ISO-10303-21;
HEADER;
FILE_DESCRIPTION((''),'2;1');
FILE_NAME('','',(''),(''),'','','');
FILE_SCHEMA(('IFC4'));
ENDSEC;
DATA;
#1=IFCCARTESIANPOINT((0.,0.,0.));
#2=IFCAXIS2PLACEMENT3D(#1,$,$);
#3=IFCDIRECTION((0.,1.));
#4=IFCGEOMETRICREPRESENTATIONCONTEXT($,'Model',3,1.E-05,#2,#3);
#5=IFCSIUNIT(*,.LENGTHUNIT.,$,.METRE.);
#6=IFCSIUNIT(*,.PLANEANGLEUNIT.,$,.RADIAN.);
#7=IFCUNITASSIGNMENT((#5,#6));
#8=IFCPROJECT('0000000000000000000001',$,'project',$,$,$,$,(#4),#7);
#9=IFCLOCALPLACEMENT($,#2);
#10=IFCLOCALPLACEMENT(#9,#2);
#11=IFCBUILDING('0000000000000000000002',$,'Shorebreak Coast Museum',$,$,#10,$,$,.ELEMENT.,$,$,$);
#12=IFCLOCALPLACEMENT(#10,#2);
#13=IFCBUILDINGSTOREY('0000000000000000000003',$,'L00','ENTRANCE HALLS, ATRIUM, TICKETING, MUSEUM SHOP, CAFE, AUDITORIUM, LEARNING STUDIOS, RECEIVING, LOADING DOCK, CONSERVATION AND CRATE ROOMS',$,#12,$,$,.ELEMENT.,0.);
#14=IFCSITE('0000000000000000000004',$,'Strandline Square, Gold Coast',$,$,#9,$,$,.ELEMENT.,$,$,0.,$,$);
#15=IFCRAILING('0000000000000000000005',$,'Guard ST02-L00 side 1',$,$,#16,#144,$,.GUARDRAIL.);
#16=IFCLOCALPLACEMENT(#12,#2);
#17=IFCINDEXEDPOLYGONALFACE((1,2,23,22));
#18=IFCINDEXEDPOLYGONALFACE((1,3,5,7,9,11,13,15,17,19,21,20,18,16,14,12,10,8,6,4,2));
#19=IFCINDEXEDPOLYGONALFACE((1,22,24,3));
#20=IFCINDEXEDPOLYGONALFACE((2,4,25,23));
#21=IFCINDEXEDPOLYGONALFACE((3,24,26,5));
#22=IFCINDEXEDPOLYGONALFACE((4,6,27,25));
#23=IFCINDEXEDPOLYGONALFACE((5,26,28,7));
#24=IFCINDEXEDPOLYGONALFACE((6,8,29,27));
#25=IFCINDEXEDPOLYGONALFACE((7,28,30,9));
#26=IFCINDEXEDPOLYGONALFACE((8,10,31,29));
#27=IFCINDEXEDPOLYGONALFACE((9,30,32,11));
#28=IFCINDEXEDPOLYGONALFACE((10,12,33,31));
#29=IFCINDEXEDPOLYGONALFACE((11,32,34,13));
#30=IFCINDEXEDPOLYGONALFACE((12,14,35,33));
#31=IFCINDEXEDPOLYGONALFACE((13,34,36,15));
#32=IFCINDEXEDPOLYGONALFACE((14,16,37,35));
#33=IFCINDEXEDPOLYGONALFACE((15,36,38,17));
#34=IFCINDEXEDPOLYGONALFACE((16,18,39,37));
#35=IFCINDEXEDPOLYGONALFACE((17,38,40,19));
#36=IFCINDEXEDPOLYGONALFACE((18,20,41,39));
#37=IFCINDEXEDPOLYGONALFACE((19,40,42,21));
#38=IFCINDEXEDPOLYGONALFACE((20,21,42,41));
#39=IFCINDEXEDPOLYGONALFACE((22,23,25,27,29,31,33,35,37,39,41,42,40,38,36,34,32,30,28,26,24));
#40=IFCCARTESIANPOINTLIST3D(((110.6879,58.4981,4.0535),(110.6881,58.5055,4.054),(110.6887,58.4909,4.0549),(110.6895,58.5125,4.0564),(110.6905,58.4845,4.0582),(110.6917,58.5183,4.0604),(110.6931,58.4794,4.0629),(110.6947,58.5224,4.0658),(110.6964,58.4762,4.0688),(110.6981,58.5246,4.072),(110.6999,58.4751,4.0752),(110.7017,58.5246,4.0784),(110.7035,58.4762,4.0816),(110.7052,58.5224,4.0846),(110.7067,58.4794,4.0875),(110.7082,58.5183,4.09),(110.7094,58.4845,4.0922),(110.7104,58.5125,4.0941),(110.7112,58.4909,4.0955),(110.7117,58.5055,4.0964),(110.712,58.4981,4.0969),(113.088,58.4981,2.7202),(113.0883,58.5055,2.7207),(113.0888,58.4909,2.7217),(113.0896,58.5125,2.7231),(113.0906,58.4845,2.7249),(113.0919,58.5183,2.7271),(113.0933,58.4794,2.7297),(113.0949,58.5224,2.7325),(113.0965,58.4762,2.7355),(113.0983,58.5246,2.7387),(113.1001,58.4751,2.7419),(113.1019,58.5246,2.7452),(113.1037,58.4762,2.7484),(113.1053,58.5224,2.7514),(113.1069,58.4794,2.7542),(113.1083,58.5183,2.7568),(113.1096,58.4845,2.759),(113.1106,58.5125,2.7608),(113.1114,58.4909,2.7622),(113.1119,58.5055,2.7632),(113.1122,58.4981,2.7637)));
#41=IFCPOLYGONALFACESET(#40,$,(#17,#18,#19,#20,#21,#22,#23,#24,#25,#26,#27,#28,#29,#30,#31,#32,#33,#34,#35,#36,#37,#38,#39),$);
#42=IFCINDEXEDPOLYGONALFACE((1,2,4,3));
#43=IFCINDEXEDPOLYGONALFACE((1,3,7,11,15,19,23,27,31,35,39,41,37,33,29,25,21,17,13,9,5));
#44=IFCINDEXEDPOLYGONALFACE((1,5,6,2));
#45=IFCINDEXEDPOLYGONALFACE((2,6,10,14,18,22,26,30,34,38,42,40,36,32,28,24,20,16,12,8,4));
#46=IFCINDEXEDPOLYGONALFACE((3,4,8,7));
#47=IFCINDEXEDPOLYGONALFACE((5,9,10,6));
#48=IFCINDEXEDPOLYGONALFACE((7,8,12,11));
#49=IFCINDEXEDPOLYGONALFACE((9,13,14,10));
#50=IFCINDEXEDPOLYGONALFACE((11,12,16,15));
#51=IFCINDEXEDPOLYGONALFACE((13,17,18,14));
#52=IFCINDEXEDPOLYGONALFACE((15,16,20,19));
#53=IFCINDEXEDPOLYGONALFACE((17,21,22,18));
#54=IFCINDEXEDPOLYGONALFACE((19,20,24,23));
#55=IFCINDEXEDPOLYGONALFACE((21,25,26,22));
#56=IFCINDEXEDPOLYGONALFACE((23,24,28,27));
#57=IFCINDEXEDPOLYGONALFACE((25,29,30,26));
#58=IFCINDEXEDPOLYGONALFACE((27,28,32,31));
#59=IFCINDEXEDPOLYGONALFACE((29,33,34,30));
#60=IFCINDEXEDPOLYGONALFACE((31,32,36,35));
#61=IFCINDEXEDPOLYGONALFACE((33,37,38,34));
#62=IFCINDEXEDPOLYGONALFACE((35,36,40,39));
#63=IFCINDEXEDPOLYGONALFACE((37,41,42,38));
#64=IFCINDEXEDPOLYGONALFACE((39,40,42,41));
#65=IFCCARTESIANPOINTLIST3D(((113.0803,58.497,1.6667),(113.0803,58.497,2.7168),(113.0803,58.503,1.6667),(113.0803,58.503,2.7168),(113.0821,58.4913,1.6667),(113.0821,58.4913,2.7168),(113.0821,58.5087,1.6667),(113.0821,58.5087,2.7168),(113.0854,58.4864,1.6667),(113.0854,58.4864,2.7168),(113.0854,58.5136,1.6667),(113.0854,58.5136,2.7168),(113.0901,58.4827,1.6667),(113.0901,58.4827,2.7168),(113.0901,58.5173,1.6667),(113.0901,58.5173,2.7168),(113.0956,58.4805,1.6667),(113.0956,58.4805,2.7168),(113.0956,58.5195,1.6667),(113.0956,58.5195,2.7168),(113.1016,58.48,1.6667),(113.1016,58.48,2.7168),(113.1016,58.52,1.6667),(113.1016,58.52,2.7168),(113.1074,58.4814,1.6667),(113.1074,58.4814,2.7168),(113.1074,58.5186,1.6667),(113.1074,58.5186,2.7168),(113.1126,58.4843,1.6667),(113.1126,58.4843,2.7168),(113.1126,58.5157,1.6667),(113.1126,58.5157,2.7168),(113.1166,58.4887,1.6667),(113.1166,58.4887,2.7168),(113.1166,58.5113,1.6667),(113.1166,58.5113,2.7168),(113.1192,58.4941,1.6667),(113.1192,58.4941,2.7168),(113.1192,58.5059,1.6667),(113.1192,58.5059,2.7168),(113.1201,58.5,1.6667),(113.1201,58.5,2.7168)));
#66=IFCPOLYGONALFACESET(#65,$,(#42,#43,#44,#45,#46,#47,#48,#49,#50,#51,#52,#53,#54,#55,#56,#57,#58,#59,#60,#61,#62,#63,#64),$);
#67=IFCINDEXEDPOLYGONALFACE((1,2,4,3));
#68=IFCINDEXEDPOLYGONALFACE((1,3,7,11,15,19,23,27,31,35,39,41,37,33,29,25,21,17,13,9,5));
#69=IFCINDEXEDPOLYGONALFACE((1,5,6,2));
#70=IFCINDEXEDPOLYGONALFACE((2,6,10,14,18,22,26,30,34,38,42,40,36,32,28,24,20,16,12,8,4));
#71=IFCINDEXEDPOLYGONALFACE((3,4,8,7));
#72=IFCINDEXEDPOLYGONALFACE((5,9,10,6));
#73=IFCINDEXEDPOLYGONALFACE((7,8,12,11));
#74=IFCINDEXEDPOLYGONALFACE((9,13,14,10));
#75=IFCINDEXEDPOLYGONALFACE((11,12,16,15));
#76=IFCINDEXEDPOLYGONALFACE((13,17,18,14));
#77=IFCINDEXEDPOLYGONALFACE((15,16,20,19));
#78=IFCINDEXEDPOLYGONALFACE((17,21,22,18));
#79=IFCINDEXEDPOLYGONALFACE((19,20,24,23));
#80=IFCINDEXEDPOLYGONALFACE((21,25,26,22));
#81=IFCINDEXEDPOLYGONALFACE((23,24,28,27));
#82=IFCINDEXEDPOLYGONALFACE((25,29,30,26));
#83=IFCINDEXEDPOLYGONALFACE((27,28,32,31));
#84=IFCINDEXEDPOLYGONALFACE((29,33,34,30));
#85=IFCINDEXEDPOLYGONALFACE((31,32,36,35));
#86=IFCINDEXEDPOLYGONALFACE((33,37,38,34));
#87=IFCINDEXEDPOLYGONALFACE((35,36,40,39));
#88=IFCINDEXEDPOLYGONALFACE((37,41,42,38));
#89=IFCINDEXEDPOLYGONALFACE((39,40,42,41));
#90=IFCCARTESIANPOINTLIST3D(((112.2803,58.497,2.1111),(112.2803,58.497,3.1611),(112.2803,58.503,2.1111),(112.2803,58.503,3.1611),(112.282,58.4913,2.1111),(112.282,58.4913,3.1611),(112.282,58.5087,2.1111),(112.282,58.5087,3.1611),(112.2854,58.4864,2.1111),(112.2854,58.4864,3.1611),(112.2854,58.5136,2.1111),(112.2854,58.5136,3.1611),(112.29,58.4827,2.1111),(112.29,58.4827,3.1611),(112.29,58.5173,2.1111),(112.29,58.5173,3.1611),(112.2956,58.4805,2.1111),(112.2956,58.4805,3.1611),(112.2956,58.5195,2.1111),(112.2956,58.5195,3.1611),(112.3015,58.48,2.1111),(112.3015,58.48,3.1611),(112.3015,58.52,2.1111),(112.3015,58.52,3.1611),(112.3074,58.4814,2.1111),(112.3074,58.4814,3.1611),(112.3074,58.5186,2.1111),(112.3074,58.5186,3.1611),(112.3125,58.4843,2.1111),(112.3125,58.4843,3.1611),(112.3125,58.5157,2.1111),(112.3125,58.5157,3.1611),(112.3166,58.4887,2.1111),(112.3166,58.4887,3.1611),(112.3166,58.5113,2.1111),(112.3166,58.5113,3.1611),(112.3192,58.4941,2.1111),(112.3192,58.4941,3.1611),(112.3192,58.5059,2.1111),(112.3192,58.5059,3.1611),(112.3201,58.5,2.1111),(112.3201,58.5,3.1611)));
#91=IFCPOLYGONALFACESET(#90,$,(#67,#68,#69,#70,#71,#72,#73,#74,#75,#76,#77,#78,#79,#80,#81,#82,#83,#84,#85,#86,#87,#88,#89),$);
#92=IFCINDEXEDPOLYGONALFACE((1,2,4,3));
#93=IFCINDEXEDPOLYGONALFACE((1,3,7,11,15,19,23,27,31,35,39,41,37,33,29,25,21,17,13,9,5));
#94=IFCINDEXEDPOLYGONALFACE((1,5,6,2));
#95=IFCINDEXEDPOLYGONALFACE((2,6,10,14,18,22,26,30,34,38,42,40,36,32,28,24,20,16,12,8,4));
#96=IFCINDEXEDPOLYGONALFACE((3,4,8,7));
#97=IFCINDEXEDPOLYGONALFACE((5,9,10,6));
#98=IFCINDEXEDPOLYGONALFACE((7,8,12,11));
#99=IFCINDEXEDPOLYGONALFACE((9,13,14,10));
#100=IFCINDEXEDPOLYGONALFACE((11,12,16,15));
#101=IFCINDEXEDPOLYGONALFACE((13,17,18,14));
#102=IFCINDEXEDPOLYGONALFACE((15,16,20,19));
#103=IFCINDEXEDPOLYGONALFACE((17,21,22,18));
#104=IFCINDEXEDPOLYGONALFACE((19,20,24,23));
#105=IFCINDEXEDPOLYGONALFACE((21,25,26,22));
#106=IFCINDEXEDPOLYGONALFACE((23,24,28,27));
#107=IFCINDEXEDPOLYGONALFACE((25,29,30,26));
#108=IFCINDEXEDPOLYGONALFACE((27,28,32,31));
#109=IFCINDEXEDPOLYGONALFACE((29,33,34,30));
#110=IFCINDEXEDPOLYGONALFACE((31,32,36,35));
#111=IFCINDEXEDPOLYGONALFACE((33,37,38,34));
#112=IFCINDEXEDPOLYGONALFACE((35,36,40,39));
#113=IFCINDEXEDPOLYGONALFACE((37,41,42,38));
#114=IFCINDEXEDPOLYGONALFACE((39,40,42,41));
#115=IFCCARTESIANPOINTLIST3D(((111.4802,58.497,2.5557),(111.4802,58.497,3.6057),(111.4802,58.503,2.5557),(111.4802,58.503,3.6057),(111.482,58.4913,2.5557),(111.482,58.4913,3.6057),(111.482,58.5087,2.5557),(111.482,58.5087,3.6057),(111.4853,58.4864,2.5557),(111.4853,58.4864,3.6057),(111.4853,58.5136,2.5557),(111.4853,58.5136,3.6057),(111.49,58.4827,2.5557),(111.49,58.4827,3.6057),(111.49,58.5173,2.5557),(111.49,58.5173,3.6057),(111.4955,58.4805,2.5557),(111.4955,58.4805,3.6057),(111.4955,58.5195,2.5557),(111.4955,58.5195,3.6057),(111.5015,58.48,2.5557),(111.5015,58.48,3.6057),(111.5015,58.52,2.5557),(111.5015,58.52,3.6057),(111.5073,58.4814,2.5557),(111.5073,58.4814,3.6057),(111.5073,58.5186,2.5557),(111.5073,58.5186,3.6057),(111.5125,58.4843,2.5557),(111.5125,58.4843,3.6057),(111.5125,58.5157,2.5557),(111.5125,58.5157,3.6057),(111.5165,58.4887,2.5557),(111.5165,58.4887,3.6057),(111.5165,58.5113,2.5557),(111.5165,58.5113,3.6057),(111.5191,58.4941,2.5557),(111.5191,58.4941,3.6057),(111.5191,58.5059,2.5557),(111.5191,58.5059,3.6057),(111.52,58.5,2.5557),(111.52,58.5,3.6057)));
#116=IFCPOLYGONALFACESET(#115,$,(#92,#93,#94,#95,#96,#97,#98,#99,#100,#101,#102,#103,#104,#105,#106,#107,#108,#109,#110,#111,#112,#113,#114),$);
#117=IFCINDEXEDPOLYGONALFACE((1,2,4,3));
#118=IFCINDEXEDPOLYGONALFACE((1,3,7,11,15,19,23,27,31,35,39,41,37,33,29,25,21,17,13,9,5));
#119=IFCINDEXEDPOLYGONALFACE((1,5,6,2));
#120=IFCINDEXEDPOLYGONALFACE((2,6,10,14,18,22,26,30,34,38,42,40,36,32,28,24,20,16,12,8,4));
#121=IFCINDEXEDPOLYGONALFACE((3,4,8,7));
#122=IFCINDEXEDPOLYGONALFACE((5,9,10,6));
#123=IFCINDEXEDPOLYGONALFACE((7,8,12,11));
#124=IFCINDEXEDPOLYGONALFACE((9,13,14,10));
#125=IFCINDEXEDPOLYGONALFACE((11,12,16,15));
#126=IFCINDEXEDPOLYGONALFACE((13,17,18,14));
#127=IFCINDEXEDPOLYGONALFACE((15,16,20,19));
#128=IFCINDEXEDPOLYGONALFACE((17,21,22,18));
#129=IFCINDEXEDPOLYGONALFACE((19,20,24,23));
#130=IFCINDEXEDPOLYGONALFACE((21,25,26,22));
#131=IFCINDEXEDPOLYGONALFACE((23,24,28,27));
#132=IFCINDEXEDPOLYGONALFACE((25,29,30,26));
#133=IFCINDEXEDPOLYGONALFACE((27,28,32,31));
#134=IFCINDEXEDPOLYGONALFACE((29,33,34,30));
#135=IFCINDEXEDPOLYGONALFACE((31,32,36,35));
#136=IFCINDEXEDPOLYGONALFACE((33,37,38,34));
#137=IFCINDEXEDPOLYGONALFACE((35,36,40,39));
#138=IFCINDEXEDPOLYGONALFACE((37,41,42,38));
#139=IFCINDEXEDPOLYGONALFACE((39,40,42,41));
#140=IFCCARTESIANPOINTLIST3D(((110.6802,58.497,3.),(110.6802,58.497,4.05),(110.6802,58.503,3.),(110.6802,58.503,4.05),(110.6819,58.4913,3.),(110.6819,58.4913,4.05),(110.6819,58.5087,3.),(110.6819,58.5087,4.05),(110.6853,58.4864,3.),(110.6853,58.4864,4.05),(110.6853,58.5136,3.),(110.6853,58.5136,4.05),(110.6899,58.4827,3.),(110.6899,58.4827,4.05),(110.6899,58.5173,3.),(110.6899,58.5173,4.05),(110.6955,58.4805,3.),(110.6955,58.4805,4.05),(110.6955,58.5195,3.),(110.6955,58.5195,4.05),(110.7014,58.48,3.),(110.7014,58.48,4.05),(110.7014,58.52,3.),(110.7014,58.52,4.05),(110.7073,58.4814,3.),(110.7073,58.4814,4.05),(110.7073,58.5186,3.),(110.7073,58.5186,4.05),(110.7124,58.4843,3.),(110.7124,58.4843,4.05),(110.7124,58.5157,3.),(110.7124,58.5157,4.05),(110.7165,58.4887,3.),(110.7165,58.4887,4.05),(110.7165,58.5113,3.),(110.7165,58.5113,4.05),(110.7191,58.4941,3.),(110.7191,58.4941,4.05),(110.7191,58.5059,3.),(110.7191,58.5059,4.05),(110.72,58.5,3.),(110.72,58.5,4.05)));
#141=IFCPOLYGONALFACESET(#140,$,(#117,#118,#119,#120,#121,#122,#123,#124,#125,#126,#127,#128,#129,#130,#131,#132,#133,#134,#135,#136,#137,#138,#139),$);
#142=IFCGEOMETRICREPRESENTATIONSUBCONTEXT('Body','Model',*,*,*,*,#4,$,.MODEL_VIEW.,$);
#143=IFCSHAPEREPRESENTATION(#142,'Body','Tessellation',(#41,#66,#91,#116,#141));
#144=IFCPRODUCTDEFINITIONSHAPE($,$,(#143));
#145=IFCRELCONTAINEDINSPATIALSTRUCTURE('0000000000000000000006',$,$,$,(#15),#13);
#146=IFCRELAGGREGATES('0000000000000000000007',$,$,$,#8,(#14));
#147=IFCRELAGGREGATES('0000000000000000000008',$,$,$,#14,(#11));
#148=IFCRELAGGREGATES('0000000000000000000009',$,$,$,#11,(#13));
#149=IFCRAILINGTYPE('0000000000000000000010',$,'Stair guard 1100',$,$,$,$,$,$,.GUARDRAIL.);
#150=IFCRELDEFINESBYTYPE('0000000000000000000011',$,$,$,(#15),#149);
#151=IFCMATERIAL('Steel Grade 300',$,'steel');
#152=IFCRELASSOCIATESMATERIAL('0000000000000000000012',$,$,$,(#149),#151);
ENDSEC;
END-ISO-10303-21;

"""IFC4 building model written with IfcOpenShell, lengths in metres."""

from ifc_helpers import new_model, si_unit, direction, frame, origin, origin_2d, place, context, subcontext, project, spatial, circle, extrude, material, type_object, element, save


model = new_model("IFC4")

# Units and contexts
model_context = context("Model", 3, precision=1e-05, world=origin(), true_north=direction((0.0, 1.0)))
body_context = subcontext(model_context, "Body", "Model", "MODEL_VIEW")
ifc_project = project(units=[si_unit("LENGTHUNIT", "METRE"), si_unit("PLANEANGLEUNIT", "RADIAN")], contexts=[model_context])

# Site, building, storey
site_placement = place(None, origin())
site = spatial("IfcSite", under=ifc_project, at=site_placement, Name="Strandline Square, Gold Coast", CompositionType="ELEMENT", RefElevation=0.0)
building_placement = place(site_placement, origin())
building = spatial("IfcBuilding", under=site, at=building_placement, Name="Shorebreak Coast Museum", CompositionType="ELEMENT")
storey_placement = place(building_placement, origin())
storey = spatial("IfcBuildingStorey", under=building, at=storey_placement, Name="L00", Description="ENTRANCE HALLS, ATRIUM, TICKETING, MUSEUM SHOP, CAFE, AUDITORIUM, LEARNING STUDIOS, RECEIVING, LOADING DOCK, CONSERVATION AND CRATE ROOMS", CompositionType="ELEMENT", Elevation=0.0)

# Railing
ifc_material_1 = material(Name="Steel Grade 300", Category="steel")
railing_type_1 = type_object("IfcRailingType", Name="Stair guard 1100", PredefinedType="GUARDRAIL", material=ifc_material_1)
for number, where, name in (
    (1, (113.1001, 58.5, 1.6667), "Guard ST02-L00 side 1"),
):
    element("IfcRailing", number, at=place(storey_placement, frame(where)), inside=storey, type_object=railing_type_1, Name=name, PredefinedType="GUARDRAIL", context=body_context, shape_type="SweptSolid", body=[
        extrude(circle(Radius=0.0249, at=origin_2d()), frame((0.0, 0.0, 1.0752), z_axis=(-0.874182, 0.0, 0.485598), x_axis=(0.0, -1.0, 0.0)), (0.0, 0.0, 1.0), 2.7456),
        extrude(circle(Radius=0.02, at=origin_2d()), origin(), (0.0, 0.0, 1.0), 1.05),
        extrude(circle(Radius=0.02, at=origin_2d()), frame((-0.8, 0.0, 0.4443)), (0.0, 0.0, 1.0), 1.05),
        extrude(circle(Radius=0.02, at=origin_2d()), frame((-1.6001, 0.0, 0.8889)), (0.0, 0.0, 1.0), 1.05),
        extrude(circle(Radius=0.02, at=origin_2d()), frame((-2.4001, 0.0, 1.3333)), (0.0, 0.0, 1.0), 1.05),
    ])

save(model, "model.ifc")
